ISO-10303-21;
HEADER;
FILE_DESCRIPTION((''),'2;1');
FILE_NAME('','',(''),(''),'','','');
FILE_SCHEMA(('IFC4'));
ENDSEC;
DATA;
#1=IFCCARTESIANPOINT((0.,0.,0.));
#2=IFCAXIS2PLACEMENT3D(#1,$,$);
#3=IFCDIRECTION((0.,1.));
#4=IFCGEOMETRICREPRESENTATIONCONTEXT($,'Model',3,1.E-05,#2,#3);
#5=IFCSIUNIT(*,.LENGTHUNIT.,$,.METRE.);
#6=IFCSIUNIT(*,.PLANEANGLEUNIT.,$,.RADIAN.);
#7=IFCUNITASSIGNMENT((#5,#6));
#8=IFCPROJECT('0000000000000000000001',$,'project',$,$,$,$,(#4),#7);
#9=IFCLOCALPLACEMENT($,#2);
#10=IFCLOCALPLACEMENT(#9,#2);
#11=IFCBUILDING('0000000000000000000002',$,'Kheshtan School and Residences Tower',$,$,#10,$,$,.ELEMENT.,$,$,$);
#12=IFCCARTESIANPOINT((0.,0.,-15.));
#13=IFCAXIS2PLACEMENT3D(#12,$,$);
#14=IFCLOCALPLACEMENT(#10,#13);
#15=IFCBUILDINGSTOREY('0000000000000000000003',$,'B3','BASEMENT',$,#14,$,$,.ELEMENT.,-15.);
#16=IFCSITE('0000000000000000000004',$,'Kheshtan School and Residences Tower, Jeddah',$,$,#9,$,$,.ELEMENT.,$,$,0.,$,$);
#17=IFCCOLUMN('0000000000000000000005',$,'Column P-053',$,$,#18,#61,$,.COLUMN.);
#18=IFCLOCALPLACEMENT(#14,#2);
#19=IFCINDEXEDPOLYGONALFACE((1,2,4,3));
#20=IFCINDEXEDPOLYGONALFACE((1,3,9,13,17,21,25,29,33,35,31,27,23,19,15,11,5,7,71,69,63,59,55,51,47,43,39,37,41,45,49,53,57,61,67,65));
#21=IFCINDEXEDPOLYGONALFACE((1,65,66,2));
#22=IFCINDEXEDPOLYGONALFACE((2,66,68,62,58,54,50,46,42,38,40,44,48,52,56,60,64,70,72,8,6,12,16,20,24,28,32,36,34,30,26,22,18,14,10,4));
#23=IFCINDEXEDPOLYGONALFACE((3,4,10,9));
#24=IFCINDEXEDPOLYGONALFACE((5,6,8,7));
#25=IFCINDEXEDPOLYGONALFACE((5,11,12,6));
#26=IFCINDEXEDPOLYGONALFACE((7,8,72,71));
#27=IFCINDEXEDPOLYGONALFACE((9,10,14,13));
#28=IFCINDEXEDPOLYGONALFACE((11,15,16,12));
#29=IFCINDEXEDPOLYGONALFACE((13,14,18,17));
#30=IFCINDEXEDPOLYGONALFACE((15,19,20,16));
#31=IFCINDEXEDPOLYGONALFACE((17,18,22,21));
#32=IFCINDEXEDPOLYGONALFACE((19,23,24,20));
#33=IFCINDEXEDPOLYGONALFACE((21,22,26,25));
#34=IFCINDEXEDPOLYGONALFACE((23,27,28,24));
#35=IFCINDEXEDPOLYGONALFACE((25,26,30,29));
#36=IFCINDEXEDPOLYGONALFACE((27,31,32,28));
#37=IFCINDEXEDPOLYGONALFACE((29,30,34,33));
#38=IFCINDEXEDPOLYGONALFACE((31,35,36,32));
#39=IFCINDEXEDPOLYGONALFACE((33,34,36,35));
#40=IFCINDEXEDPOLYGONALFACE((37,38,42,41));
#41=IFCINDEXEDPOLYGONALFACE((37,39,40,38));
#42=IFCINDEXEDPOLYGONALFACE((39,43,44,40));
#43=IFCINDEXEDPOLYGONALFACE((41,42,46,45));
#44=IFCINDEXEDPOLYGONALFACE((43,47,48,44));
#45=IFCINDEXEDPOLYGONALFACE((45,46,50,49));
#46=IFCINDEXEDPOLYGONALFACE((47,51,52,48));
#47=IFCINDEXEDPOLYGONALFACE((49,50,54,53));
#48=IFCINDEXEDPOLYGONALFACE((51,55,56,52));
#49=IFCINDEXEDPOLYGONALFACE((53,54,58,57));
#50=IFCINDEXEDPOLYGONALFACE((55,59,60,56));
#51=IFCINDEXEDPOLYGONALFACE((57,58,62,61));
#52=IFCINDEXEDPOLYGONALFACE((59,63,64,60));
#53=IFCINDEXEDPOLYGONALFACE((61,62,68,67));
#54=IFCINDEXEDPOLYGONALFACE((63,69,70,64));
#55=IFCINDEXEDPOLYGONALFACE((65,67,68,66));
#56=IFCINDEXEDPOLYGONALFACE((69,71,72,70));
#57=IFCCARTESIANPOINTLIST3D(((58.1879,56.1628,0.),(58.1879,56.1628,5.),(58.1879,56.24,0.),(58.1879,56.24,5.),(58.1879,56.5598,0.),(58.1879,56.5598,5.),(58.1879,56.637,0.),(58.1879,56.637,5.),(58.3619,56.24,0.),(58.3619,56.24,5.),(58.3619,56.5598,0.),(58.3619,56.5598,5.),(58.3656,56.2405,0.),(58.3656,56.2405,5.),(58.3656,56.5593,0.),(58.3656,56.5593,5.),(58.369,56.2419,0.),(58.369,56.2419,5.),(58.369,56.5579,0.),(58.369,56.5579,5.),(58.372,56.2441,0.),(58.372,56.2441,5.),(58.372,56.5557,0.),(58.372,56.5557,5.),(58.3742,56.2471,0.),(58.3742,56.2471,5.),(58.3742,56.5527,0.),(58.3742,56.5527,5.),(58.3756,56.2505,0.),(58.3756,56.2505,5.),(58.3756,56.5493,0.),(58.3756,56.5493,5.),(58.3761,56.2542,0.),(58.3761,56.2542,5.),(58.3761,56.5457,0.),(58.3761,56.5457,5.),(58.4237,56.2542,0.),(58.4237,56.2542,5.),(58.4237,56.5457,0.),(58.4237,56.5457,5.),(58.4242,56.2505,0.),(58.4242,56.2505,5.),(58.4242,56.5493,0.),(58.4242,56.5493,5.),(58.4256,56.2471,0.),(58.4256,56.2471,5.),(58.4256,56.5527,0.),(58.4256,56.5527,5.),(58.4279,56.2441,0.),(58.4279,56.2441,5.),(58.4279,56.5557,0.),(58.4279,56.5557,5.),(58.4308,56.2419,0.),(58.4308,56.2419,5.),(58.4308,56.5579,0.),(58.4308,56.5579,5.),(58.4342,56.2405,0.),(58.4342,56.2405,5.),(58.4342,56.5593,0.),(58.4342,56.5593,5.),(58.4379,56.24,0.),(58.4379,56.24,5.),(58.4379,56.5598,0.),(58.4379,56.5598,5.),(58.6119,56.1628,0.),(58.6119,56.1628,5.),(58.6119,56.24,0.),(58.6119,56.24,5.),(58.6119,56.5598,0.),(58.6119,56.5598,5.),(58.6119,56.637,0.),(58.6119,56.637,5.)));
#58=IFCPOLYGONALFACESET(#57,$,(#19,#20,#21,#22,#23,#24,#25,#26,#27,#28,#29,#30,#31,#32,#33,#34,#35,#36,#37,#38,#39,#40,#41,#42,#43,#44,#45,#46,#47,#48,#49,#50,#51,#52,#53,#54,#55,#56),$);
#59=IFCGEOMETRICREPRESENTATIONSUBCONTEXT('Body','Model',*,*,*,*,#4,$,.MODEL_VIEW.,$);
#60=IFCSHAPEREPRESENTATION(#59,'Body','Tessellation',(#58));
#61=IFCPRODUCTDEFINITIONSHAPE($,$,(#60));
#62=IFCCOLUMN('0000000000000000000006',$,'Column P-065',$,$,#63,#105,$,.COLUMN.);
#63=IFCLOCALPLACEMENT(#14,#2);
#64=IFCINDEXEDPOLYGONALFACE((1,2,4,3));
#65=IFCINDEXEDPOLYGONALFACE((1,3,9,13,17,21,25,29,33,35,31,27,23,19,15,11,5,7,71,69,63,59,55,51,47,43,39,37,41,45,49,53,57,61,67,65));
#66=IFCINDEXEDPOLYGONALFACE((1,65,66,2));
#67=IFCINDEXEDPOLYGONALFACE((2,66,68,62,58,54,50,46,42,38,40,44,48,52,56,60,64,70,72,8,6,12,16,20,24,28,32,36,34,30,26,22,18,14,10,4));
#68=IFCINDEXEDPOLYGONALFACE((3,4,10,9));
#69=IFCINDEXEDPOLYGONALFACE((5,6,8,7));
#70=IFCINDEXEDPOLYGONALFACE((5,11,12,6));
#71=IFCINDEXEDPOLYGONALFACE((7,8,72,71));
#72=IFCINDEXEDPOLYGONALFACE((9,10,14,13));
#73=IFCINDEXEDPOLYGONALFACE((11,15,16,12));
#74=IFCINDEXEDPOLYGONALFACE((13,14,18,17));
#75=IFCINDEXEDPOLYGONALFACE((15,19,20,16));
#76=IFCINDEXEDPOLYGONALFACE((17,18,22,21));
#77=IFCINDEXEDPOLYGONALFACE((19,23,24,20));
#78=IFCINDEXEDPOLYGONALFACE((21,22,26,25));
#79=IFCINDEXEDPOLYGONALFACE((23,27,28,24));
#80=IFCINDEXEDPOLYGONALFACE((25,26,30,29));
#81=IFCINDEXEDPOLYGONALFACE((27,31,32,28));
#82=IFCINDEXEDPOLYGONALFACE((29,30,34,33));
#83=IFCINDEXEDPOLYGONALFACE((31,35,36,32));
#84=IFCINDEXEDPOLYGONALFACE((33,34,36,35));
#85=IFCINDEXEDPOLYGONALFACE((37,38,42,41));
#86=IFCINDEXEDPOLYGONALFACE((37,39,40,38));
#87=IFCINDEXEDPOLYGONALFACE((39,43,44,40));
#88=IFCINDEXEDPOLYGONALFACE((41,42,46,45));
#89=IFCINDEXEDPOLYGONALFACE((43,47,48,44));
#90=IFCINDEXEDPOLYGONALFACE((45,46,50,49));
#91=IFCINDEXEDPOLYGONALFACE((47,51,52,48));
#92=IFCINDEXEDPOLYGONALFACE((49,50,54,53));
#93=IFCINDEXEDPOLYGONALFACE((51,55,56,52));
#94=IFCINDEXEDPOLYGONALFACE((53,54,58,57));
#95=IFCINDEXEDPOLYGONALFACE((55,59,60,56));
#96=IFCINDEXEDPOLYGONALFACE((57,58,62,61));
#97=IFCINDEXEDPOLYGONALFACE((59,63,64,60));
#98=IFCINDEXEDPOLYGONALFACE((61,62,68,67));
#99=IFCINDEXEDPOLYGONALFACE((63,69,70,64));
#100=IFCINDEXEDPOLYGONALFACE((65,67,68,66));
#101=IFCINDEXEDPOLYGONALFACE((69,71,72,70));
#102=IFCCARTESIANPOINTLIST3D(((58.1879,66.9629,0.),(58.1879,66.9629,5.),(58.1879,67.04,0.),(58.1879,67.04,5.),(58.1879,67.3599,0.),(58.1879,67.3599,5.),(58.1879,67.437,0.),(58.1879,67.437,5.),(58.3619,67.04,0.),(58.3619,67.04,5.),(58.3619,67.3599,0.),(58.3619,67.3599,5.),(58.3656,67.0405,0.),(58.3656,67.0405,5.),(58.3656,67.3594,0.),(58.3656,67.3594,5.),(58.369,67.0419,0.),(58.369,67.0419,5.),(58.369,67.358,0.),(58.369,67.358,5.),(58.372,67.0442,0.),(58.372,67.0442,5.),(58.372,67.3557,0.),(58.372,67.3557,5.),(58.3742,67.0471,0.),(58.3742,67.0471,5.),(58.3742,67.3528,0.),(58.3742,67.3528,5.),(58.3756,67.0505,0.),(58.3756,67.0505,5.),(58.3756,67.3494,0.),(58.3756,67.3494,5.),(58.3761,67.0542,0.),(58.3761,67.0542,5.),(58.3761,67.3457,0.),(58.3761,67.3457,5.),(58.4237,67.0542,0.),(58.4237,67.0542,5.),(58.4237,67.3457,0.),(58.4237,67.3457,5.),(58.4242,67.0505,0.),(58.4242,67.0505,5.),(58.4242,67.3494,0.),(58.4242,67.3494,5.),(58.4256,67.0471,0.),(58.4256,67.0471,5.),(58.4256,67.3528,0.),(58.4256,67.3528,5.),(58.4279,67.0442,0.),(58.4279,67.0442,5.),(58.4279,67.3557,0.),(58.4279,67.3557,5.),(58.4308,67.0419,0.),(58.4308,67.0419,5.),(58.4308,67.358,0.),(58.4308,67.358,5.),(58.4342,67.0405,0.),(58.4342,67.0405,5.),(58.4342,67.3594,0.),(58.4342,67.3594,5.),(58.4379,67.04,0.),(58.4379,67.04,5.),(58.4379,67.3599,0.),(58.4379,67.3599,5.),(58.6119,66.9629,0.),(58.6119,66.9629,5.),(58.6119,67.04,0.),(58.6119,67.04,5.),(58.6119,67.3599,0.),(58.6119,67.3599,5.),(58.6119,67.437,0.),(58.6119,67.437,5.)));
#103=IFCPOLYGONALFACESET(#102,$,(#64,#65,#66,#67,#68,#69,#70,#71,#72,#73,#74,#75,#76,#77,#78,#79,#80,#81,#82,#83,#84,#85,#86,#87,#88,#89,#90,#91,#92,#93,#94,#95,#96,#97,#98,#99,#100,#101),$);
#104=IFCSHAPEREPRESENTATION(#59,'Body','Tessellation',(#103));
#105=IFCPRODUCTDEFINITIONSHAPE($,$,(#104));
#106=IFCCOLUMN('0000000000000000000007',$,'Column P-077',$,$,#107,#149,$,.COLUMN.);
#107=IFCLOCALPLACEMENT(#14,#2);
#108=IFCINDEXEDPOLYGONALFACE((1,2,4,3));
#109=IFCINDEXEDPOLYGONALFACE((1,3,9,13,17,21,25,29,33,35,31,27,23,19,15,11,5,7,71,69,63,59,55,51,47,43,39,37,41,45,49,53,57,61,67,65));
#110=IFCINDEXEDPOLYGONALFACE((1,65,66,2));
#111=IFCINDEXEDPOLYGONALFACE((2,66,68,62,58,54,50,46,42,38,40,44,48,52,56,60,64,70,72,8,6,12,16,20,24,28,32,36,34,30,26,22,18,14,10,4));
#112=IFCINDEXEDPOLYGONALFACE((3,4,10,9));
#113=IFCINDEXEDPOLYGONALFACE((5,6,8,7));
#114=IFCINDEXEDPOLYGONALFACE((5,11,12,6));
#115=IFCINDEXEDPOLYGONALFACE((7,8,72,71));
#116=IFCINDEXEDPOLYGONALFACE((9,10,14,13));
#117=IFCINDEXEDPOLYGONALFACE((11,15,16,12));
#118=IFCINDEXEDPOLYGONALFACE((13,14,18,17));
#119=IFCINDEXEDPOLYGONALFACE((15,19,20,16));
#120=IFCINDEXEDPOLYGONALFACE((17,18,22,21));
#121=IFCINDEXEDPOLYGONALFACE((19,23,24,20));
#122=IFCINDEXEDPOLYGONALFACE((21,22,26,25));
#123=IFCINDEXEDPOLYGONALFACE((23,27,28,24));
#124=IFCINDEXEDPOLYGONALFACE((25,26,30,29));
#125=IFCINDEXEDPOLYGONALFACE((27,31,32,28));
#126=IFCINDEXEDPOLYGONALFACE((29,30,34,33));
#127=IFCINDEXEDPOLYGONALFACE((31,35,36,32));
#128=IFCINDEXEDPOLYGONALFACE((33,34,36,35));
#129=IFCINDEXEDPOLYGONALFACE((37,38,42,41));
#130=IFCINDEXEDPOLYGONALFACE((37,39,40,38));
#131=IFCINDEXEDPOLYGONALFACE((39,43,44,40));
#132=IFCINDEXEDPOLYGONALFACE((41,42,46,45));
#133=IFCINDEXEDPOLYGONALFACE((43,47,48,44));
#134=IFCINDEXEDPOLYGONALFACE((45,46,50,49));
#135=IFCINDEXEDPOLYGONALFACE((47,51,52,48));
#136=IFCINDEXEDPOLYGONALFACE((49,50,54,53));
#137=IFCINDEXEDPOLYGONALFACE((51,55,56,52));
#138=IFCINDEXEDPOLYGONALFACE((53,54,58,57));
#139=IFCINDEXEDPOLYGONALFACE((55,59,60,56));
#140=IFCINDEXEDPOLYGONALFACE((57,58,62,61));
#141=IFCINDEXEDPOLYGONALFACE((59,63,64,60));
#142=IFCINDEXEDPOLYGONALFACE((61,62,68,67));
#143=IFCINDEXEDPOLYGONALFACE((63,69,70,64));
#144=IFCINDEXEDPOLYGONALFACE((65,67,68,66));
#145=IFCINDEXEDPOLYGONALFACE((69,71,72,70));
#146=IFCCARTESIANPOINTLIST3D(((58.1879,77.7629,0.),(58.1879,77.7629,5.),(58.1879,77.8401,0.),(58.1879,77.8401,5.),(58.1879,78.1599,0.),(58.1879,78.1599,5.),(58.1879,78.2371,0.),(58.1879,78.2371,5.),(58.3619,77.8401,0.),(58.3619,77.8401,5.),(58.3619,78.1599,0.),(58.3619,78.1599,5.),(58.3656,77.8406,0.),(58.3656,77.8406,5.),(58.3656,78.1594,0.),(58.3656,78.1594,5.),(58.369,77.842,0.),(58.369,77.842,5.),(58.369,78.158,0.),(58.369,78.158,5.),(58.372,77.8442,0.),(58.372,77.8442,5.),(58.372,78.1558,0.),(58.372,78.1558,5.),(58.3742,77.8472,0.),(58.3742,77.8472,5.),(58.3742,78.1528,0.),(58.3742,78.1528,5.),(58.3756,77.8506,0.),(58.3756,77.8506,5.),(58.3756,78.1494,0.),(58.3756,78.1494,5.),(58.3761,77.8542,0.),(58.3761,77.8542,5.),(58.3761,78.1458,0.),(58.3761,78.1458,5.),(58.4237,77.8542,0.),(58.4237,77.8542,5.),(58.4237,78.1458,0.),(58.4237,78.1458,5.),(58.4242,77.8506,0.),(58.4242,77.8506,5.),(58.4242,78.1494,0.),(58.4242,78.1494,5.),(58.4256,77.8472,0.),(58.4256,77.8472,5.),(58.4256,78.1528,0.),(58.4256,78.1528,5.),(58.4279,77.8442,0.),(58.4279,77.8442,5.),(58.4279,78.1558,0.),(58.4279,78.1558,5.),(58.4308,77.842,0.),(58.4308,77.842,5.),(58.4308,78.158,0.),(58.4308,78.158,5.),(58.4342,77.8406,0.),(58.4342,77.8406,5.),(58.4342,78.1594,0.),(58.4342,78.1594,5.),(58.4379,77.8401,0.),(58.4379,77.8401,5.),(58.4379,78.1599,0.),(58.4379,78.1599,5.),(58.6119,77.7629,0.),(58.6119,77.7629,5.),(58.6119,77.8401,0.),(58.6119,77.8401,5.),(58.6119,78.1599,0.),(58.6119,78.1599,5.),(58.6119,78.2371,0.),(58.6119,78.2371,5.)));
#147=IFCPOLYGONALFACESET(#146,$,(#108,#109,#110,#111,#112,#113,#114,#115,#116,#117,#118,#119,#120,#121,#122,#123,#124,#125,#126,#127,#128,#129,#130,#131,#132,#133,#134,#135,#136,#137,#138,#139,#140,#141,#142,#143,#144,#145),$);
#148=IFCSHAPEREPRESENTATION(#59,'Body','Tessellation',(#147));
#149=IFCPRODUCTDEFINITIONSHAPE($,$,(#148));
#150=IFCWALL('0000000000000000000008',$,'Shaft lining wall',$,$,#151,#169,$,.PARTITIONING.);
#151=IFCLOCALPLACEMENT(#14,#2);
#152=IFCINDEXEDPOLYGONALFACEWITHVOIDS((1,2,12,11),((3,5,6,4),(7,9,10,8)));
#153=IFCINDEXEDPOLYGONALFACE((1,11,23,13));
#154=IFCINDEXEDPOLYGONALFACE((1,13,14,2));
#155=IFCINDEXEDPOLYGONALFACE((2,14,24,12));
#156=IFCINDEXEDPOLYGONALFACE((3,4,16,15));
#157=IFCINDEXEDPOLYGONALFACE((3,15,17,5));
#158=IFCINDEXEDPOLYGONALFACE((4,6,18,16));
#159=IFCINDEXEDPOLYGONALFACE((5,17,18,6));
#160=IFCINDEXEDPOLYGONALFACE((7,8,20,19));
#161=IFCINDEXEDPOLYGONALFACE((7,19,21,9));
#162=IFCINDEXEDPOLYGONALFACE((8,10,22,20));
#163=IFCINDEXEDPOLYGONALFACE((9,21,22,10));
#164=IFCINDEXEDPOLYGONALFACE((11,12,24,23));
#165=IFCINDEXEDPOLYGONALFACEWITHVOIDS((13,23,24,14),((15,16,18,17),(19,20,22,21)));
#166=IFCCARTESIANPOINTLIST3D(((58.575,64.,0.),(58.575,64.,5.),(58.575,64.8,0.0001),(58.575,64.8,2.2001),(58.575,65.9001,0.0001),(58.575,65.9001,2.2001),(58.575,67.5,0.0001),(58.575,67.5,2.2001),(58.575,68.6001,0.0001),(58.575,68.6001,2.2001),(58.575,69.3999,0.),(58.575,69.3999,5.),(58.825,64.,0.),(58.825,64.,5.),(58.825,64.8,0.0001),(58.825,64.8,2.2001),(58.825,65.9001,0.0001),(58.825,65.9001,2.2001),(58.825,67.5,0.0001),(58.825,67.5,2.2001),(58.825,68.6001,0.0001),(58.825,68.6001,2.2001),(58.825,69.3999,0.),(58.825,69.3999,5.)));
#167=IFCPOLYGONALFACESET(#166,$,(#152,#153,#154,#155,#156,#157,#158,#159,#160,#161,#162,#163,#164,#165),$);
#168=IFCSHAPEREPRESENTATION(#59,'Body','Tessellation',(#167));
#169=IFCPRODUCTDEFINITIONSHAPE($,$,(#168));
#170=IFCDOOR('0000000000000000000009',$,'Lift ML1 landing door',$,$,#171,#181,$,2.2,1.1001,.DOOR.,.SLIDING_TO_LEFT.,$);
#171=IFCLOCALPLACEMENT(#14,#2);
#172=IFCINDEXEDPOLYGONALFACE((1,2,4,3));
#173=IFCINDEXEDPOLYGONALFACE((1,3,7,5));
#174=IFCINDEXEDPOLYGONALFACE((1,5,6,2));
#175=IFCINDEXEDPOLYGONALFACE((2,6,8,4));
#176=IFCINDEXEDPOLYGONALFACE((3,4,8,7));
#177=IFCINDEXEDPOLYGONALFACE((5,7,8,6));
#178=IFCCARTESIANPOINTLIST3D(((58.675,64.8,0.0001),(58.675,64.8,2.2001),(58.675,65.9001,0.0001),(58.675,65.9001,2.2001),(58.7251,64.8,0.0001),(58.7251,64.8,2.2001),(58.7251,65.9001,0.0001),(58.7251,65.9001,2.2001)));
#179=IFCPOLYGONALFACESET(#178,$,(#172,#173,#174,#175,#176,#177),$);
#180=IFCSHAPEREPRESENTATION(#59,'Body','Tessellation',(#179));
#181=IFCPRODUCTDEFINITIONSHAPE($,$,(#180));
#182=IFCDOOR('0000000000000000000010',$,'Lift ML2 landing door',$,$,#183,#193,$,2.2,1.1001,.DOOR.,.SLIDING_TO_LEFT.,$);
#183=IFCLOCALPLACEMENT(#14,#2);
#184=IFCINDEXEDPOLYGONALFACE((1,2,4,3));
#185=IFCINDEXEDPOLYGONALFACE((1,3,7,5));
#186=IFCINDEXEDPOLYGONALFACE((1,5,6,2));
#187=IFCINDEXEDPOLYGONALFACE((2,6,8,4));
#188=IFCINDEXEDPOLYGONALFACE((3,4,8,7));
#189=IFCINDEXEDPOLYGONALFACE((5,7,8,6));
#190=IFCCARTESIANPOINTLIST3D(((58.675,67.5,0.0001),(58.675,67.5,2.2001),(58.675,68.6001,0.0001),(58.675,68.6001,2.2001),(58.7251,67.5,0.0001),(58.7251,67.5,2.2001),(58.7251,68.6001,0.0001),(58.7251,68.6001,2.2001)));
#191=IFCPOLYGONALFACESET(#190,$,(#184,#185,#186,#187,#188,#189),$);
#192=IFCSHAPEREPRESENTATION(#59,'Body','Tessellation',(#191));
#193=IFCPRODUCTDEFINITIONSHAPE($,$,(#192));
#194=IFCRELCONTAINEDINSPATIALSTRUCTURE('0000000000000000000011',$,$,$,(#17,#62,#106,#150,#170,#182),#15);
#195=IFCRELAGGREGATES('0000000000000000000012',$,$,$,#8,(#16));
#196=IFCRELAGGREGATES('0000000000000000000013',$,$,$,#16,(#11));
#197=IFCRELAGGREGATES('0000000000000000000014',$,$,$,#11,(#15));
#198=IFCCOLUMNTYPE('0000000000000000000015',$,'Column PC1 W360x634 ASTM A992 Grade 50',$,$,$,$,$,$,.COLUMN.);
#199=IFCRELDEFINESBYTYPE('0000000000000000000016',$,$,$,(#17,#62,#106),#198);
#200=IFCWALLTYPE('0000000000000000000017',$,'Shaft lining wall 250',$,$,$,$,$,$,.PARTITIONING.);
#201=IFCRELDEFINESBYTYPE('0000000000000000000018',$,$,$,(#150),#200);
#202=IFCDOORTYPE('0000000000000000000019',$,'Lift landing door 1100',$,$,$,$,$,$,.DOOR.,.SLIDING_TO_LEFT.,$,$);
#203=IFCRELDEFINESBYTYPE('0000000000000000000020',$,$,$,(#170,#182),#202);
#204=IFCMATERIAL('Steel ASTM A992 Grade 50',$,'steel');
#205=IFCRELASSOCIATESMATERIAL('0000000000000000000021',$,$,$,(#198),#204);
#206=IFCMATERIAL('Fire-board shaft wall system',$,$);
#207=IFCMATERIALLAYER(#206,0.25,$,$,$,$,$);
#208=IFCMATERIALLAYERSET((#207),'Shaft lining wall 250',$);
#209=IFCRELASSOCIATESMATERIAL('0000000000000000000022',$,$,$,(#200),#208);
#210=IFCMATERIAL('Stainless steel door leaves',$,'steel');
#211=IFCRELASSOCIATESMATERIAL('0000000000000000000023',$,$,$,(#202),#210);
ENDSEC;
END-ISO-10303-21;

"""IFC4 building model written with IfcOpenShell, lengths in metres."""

from ifc_helpers import new_model, si_unit, direction, frame, frame_2d, origin, origin_2d, place, context, subcontext, project, spatial, rectangle, i_section, extrude, source, transform, mapped, material, layer, layer_set, material_profile, profile_set, type_object, element, fill, save


model = new_model("IFC4")

# Units and contexts
model_context = context("Model", 3, precision=1e-05, world=origin(), true_north=direction((0.0, 1.0)))
body_context = subcontext(model_context, "Body", "Model", "MODEL_VIEW")
ifc_project = project(units=[si_unit("LENGTHUNIT", "METRE"), si_unit("PLANEANGLEUNIT", "RADIAN")], contexts=[model_context])

# Site, building, storey
site_placement = place(None, origin())
site = spatial("IfcSite", under=ifc_project, at=site_placement, Name="Kheshtan School and Residences Tower, Jeddah", CompositionType="ELEMENT", RefElevation=0.0)
building_placement = place(site_placement, origin())
building = spatial("IfcBuilding", under=site, at=building_placement, Name="Kheshtan School and Residences Tower", CompositionType="ELEMENT")
storey_placement = place(building_placement, frame((0.0, 0.0, -15.0)))
storey = spatial("IfcBuildingStorey", under=building, at=storey_placement, Name="B3", Description="BASEMENT", CompositionType="ELEMENT", Elevation=-15.0)

# Columns
ifc_material_1 = material(Name="Steel ASTM A992 Grade 50", Category="steel")
ifc_material_profile_1 = material_profile(ifc_material_1, i_section(OverallWidth=0.4241, OverallDepth=0.4741, WebThickness=0.0476, FlangeThickness=0.0771, FilletRadius=0.0142, at=origin_2d()), Name="W360x634")
ifc_profile_set_1 = profile_set([ifc_material_profile_1], Name="Steel ASTM A992 Grade 50")
column_type = type_object("IfcColumnType", Name="Column PC1 W360x634 ASTM A992 Grade 50", PredefinedType="COLUMN", material=ifc_profile_set_1)
for number, where, z_axis, x_axis, name in (
    (1, (58.3999, 56.3999, 0.0), (0.0, 0.0, 1.0), (1.0, 0.0, 0.0), "Column P-053"),
    (2, (58.3999, 67.2, 0.0), (0.0, 0.0, 1.0), (1.0, 0.0, 0.0), "Column P-065"),
    (3, (58.3999, 78.0, 0.0), (0.0, 0.0, 1.0), (1.0, 0.0, 0.0), "Column P-077"),
):
    element("IfcColumn", number, at=place(storey_placement, frame(where, z_axis=z_axis, x_axis=x_axis)), inside=storey, type_object=column_type, Name=name, PredefinedType="COLUMN", context=body_context, shape_type="SweptSolid", body=[
        extrude(i_section(OverallWidth=0.4241, OverallDepth=0.4741, WebThickness=0.0476, FlangeThickness=0.0771, FilletRadius=0.0142, at=origin_2d()), origin(), (0.0, 0.0, 1.0), 5.0),
    ])

# Wall, openings, doors
ifc_material_2 = material(Name="Fire-board shaft wall system")
ifc_layer = layer(ifc_material_2, 0.25)
ifc_layer_set = layer_set([ifc_layer], Name="Shaft lining wall 250")
wall_type = type_object("IfcWallType", Name="Shaft lining wall 250", PredefinedType="PARTITIONING", material=ifc_layer_set)
wall_placement = place(storey_placement, frame((58.7, 64.0, 0.0), z_axis=(0.0, 0.0, 1.0), x_axis=(0.0, 1.0, 0.0)))
wall = element("IfcWall", 4, at=wall_placement, inside=storey, type_object=wall_type, Name="Shaft lining wall", PredefinedType="PARTITIONING", context=body_context, shape_type="SweptSolid", body=[
    extrude(rectangle(XDim=5.3999, YDim=0.25, at=frame_2d((2.7, 0.0))), origin(), (0.0, 0.0, 1.0), 5.0),
])
opening_1_placement = place(wall_placement, frame((0.8, 0.0, 0.0)))
opening_1 = element("IfcOpeningElement", 5, at=opening_1_placement, cuts=wall, PredefinedType="OPENING", context=body_context, shape_type="SweptSolid", body=[
    extrude(rectangle(XDim=1.1001, YDim=2.2, at=frame_2d((0.55, 1.1001))), frame((0.0, 0.135, 0.0), z_axis=(0.0, -1.0, 0.0), x_axis=(1.0, 0.0, 0.0)), (0.0, 0.0, 1.0), 0.27),
])
opening_2_placement = place(wall_placement, frame((3.5, 0.0, 0.0)))
opening_2 = element("IfcOpeningElement", 6, at=opening_2_placement, cuts=wall, PredefinedType="OPENING", context=body_context, shape_type="SweptSolid", body=[
    extrude(rectangle(XDim=1.1001, YDim=2.2, at=frame_2d((0.55, 1.1001))), frame((0.0, 0.135, 0.0), z_axis=(0.0, -1.0, 0.0), x_axis=(1.0, 0.0, 0.0)), (0.0, 0.0, 1.0), 0.27),
])
ifc_material_3 = material(Name="Stainless steel door leaves", Category="steel")
door_type = type_object("IfcDoorType", Name="Lift landing door 1100", OperationType="SLIDING_TO_LEFT", PredefinedType="DOOR", material=ifc_material_3)
shared_shape = source(origin(), body_context, "Body", "SweptSolid", [
    extrude(rectangle(XDim=1.1001, YDim=2.2, at=frame_2d((0.55, 1.1001))), frame((0.0, 0.0249, 0.0), z_axis=(0.0, -1.0, 0.0), x_axis=(1.0, 0.0, 0.0)), (0.0, 0.0, 1.0), 0.05),
])
door_1_placement = place(opening_1_placement, origin())
door_1 = element("IfcDoor", 7, at=door_1_placement, inside=storey, type_object=door_type, Name="Lift ML1 landing door", OperationType="SLIDING_TO_LEFT", OverallHeight=2.2, OverallWidth=1.1001, PredefinedType="DOOR", context=body_context, shape_type="MappedRepresentation", body=[
    mapped(shared_shape, transform((0.0, 0.0, 0.0), x_axis=(1.0, 0.0, 0.0), y_axis=(0.0, 1.0, 0.0), z_axis=(0.0, 0.0, 1.0), scale=1.0)),
])
fill(opening_1, door_1)
door_2_placement = place(opening_2_placement, origin())
door_2 = element("IfcDoor", 8, at=door_2_placement, inside=storey, type_object=door_type, Name="Lift ML2 landing door", OperationType="SLIDING_TO_LEFT", OverallHeight=2.2, OverallWidth=1.1001, PredefinedType="DOOR", context=body_context, shape_type="MappedRepresentation", body=[
    mapped(shared_shape, transform((0.0, 0.0, 0.0), x_axis=(1.0, 0.0, 0.0), y_axis=(0.0, 1.0, 0.0), z_axis=(0.0, 0.0, 1.0), scale=1.0)),
])
fill(opening_2, door_2)

save(model, "model.ifc")
